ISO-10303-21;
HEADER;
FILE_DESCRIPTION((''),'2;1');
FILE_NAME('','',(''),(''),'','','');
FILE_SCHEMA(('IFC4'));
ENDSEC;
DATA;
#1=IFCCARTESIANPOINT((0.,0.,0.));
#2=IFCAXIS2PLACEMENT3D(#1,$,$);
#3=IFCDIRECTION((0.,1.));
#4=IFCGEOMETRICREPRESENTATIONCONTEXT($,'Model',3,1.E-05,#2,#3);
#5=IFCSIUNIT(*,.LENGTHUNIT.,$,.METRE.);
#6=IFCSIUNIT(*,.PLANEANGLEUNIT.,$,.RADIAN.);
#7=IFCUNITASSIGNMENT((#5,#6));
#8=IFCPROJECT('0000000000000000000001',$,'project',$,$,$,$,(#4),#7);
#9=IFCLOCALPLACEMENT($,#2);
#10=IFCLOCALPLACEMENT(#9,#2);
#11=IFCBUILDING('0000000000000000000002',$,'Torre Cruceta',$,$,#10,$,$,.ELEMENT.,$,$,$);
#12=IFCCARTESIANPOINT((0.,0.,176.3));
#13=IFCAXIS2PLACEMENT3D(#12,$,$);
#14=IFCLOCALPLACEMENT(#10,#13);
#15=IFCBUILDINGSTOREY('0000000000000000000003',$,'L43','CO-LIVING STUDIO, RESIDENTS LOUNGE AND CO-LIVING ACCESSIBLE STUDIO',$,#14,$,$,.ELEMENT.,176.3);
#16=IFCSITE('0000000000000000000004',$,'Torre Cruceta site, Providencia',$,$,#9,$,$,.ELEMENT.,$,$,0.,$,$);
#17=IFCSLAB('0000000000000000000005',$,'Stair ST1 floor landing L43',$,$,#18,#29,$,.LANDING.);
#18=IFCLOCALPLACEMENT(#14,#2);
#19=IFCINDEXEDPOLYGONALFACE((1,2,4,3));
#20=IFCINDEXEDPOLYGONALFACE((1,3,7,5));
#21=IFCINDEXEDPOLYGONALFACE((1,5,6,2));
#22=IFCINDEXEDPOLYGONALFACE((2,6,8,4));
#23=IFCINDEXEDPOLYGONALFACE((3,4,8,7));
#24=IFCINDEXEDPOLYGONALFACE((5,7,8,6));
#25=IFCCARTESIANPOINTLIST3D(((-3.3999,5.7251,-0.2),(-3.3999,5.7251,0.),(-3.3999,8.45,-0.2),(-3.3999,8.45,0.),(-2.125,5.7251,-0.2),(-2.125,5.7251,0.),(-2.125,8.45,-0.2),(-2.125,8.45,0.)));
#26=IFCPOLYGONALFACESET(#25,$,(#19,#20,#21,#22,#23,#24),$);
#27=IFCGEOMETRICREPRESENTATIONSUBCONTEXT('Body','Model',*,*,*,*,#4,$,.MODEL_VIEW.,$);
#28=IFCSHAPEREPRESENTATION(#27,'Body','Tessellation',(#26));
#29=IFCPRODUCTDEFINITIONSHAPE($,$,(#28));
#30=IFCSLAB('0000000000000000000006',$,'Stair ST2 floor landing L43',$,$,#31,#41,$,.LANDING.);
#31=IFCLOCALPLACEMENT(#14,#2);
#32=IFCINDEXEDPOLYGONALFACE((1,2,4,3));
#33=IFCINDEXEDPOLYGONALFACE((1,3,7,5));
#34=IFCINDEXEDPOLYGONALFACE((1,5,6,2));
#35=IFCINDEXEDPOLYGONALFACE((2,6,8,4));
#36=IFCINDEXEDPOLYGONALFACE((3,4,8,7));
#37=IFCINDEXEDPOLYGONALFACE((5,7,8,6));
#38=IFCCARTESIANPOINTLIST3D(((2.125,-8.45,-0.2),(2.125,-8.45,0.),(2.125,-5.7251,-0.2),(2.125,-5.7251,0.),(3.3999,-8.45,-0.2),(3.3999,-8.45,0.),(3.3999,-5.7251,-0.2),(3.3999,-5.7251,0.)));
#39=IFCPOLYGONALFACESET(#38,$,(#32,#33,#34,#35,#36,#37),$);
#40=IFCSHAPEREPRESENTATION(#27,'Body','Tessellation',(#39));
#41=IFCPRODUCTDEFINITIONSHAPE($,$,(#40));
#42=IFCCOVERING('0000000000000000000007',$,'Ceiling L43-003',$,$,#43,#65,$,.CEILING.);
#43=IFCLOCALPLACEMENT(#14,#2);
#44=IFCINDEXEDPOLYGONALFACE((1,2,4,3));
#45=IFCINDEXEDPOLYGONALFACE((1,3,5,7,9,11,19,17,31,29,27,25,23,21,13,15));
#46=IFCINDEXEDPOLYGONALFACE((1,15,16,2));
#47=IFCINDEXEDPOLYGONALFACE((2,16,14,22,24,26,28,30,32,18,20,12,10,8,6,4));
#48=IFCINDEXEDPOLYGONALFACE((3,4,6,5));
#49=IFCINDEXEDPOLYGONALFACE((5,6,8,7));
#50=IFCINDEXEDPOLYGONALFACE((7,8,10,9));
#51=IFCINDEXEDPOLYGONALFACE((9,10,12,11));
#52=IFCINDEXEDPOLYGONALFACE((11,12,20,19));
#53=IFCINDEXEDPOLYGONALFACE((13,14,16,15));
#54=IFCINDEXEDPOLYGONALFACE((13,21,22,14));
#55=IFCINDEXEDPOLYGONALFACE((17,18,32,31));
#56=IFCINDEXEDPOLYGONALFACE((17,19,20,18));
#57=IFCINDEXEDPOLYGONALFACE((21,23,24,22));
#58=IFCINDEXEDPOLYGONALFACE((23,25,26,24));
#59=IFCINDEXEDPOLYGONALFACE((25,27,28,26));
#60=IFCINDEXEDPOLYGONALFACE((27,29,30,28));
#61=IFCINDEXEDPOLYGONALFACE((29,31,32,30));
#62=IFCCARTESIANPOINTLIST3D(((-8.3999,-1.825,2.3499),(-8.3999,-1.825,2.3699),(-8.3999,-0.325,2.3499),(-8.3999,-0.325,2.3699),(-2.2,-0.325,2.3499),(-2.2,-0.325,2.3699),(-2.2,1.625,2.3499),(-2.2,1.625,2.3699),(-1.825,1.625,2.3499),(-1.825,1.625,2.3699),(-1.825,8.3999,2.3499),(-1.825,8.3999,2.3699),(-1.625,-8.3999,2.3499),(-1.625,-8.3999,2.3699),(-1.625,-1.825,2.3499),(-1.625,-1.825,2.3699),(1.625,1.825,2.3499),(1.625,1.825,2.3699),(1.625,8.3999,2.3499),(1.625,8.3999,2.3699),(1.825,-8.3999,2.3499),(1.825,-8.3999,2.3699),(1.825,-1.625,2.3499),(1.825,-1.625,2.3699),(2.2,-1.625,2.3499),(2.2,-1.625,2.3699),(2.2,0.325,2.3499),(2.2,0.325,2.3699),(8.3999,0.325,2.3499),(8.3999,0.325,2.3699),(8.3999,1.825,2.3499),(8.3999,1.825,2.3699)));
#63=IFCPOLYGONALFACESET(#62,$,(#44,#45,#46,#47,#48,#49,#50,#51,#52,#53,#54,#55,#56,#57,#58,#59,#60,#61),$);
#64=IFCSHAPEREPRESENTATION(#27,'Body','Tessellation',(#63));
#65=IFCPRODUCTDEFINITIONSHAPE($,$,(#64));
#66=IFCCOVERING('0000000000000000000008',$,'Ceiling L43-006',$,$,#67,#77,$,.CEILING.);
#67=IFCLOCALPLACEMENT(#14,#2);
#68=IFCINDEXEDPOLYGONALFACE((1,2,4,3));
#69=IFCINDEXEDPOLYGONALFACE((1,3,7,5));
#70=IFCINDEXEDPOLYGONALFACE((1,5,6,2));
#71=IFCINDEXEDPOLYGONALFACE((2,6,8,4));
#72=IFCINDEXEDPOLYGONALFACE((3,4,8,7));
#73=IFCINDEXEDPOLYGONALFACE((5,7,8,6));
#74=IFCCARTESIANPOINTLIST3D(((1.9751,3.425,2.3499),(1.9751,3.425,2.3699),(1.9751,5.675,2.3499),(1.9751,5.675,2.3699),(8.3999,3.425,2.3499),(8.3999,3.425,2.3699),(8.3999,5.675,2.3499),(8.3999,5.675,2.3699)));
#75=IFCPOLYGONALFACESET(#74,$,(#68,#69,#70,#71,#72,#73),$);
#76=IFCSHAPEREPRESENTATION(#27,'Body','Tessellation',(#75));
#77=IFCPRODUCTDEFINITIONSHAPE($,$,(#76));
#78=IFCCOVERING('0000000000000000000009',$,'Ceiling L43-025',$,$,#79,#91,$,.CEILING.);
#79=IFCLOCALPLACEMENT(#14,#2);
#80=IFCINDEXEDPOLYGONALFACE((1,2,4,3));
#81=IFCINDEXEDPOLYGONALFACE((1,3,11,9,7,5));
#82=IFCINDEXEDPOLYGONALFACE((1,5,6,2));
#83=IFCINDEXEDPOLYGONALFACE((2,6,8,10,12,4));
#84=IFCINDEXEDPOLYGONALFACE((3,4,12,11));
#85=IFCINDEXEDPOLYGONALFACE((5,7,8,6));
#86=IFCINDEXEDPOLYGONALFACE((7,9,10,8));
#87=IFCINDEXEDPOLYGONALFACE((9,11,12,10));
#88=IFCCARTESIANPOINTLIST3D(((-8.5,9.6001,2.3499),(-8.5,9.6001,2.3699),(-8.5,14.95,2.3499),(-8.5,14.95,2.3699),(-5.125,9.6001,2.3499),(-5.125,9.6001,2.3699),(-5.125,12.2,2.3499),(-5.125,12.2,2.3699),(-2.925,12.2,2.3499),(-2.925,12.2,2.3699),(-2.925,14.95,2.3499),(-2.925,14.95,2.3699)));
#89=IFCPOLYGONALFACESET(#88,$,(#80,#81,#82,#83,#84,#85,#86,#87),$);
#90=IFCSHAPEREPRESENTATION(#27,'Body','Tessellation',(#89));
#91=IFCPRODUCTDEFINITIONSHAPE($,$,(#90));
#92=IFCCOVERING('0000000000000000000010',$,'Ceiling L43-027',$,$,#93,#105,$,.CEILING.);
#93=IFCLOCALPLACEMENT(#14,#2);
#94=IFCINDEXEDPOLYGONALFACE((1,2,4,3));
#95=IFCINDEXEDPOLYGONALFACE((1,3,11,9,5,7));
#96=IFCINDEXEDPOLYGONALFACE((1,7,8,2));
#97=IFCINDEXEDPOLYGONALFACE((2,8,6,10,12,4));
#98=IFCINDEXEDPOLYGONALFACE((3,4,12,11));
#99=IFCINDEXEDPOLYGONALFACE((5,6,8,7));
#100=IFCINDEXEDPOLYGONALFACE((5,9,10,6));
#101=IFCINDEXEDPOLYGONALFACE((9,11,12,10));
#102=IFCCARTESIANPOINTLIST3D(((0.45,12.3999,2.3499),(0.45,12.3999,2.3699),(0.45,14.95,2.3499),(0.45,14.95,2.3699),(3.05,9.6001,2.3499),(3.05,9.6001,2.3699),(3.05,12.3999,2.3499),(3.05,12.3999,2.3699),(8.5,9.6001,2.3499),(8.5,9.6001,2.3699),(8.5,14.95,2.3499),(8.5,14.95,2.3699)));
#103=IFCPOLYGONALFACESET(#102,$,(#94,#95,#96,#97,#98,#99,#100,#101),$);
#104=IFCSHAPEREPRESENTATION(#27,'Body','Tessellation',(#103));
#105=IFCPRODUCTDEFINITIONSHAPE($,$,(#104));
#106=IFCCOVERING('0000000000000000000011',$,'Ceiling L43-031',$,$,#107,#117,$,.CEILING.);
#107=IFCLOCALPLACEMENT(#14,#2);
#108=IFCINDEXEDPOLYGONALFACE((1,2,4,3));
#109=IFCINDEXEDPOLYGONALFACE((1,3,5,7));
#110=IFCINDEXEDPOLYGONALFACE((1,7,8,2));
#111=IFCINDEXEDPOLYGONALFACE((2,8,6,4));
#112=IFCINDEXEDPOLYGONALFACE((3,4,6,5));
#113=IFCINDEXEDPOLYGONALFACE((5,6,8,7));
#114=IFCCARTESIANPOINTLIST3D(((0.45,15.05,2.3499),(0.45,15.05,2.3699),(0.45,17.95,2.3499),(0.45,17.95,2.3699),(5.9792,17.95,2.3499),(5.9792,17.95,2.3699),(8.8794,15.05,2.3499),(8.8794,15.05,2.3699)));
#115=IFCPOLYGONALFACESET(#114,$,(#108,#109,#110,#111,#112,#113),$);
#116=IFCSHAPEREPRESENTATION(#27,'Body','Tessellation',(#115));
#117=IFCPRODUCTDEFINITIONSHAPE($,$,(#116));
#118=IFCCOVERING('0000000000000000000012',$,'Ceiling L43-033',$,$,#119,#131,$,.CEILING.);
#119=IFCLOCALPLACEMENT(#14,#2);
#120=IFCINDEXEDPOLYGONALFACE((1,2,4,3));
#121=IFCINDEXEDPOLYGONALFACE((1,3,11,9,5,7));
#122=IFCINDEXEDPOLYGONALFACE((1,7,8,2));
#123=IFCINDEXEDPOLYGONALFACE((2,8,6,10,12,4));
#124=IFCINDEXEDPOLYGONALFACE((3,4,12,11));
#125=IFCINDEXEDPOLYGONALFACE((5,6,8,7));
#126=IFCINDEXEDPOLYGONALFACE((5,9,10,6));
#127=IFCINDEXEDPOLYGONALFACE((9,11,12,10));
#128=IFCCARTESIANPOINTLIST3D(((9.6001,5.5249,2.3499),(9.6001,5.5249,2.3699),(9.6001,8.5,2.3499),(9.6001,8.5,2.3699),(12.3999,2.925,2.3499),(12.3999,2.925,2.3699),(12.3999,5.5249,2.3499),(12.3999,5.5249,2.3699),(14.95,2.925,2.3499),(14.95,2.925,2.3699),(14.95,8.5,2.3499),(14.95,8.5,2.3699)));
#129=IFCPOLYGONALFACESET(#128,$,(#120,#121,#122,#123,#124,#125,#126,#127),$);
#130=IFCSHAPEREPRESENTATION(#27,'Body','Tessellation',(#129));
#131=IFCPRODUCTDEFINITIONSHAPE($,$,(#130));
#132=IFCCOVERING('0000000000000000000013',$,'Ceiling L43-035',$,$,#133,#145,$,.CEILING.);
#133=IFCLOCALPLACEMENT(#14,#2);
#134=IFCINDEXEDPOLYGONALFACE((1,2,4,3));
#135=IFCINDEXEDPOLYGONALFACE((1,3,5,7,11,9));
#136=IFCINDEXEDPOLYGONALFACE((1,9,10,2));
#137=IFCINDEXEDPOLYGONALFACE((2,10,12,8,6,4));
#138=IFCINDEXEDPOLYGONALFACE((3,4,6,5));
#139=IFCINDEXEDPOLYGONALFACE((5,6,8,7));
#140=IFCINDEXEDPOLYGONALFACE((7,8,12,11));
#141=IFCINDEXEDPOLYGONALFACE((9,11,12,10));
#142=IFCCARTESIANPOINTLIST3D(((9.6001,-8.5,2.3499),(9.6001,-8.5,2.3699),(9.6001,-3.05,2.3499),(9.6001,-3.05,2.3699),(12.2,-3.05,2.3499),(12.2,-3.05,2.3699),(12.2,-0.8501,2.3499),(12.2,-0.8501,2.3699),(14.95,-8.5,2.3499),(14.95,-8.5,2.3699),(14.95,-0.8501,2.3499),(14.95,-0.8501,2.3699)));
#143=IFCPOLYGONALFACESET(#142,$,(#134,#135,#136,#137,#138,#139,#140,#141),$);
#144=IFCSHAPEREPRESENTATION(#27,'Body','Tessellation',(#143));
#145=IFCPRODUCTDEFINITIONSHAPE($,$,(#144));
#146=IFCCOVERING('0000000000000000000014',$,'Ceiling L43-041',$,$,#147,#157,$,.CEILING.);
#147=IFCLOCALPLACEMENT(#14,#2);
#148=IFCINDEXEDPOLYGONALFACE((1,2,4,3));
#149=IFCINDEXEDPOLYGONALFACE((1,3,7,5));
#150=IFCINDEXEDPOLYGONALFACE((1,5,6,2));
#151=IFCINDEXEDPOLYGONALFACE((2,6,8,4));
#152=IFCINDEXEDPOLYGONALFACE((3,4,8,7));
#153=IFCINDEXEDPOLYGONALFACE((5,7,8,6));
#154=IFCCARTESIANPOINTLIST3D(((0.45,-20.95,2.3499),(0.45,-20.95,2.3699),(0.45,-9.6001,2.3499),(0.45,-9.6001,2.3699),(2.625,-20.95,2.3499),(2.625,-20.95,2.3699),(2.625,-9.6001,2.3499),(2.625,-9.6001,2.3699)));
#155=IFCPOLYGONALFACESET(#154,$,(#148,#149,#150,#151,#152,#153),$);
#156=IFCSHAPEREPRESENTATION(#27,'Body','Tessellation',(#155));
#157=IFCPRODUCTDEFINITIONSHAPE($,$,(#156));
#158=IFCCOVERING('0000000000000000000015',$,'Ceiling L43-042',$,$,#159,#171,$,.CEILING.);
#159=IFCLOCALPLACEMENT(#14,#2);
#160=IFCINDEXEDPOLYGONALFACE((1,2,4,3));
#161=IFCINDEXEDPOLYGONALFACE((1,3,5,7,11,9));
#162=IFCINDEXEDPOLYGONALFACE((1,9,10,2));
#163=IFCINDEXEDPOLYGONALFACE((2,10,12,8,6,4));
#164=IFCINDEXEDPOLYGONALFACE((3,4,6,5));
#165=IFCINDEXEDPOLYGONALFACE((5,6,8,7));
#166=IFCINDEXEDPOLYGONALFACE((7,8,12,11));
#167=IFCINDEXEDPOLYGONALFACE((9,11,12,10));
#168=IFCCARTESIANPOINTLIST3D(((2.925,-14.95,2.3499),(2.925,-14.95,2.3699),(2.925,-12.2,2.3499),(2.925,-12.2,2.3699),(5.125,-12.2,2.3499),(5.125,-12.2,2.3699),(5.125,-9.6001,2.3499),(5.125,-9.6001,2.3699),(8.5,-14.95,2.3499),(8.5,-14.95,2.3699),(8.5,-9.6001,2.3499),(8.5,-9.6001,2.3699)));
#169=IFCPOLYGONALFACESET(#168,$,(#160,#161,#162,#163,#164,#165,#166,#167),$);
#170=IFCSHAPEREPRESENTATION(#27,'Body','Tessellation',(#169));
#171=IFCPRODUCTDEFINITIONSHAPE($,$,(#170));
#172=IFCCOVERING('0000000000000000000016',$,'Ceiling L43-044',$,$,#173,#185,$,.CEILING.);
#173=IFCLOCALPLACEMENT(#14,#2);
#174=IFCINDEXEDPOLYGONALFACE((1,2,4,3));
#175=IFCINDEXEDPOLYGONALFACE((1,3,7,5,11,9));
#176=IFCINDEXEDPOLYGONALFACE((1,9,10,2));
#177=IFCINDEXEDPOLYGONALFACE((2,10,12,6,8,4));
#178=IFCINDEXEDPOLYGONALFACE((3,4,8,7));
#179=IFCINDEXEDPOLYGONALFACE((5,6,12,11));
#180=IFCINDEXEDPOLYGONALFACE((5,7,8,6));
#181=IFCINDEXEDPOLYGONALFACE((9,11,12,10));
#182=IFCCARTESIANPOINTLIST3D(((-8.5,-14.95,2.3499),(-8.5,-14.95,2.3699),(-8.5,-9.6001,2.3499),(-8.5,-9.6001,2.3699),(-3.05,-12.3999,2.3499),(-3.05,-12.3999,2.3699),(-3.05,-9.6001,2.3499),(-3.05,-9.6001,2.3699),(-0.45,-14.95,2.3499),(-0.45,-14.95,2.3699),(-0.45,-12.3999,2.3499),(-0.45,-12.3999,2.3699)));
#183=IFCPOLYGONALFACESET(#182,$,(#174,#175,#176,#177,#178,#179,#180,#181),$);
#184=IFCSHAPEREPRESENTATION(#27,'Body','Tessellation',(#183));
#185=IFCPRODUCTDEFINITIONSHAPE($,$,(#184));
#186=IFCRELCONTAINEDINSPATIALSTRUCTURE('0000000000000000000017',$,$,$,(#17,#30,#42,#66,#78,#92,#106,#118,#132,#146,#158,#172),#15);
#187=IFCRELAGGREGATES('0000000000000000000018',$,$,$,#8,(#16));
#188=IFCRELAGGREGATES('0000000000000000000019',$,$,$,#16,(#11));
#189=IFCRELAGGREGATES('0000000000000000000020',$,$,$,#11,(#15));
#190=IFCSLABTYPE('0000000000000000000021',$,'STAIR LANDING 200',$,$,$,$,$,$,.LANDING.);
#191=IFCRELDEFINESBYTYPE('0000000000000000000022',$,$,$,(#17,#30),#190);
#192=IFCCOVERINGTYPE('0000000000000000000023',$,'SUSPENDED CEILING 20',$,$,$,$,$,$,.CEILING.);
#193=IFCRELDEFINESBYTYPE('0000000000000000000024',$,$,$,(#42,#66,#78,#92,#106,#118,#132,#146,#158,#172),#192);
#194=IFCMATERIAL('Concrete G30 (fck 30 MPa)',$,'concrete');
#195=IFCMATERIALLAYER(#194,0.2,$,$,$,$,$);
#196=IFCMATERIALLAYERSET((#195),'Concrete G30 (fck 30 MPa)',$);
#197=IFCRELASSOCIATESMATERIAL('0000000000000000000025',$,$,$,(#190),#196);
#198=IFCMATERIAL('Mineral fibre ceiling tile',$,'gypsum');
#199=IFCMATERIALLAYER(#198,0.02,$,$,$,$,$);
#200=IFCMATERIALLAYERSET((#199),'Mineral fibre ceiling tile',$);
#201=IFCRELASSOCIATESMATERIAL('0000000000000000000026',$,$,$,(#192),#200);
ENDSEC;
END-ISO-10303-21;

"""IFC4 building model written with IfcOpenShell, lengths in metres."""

from ifc_helpers import new_model, si_unit, direction, frame, origin, place, context, subcontext, project, spatial, polyline, outline, extrude, material, layer, layer_set, type_object, element, save


model = new_model("IFC4")

# Units and contexts
model_context = context("Model", 3, precision=1e-05, world=origin(), true_north=direction((0.0, 1.0)))
body_context = subcontext(model_context, "Body", "Model", "MODEL_VIEW")
ifc_project = project(units=[si_unit("LENGTHUNIT", "METRE"), si_unit("PLANEANGLEUNIT", "RADIAN")], contexts=[model_context])

# Site, building, storey
site_placement = place(None, origin())
site = spatial("IfcSite", under=ifc_project, at=site_placement, Name="Torre Cruceta site, Providencia", CompositionType="ELEMENT", RefElevation=0.0)
building_placement = place(site_placement, origin())
building = spatial("IfcBuilding", under=site, at=building_placement, Name="Torre Cruceta", CompositionType="ELEMENT")
storey_placement = place(building_placement, frame((0.0, 0.0, 176.3)))
storey = spatial("IfcBuildingStorey", under=building, at=storey_placement, Name="L43", Description="CO-LIVING STUDIO, RESIDENTS LOUNGE AND CO-LIVING ACCESSIBLE STUDIO", CompositionType="ELEMENT", Elevation=176.3)

# Shared definitions
ifc_material_1 = material(Name="Concrete G30 (fck 30 MPa)", Category="concrete")
ifc_layer_1 = layer(ifc_material_1, 0.2)
ifc_layer_set_1 = layer_set([ifc_layer_1], Name="Concrete G30 (fck 30 MPa)")
slab_type_1 = type_object("IfcSlabType", Name="STAIR LANDING 200", PredefinedType="LANDING", material=ifc_layer_set_1)

# Slabs
slab_1_placement = place(storey_placement, frame((0.0, 0.0, -0.2)))
element("IfcSlab", 1, at=slab_1_placement, inside=storey, type_object=slab_type_1, Name="Stair ST1 floor landing L43", PredefinedType="LANDING", context=body_context, shape_type="SweptSolid", body=[
    extrude(outline(polyline([(-2.125, 8.45), (-2.125, 5.7251), (-3.3999, 5.7251), (-3.3999, 8.45), (-2.125, 8.45)])), origin(), (0.0, 0.0, 1.0), 0.2),
])
slab_2_placement = place(storey_placement, frame((0.0, 0.0, -0.2)))
element("IfcSlab", 2, at=slab_2_placement, inside=storey, type_object=slab_type_1, Name="Stair ST2 floor landing L43", PredefinedType="LANDING", context=body_context, shape_type="SweptSolid", body=[
    extrude(outline(polyline([(2.125, -8.45), (2.125, -5.7251), (3.3999, -5.7251), (3.3999, -8.45), (2.125, -8.45)])), origin(), (0.0, 0.0, 1.0), 0.2),
])

# Coverings
ifc_material_2 = material(Name="Mineral fibre ceiling tile", Category="gypsum")
ifc_layer_2 = layer(ifc_material_2, 0.02)
ifc_layer_set_2 = layer_set([ifc_layer_2], Name="Mineral fibre ceiling tile")
covering_type = type_object("IfcCoveringType", Name="SUSPENDED CEILING 20", PredefinedType="CEILING", material=ifc_layer_set_2)
covering_1_placement = place(storey_placement, frame((0.0, 0.0, 2.3499)))
element("IfcCovering", 3, at=covering_1_placement, inside=storey, type_object=covering_type, Name="Ceiling L43-003", PredefinedType="CEILING", context=body_context, shape_type="SweptSolid", body=[
    extrude(outline(polyline([(1.825, -8.3999), (-1.625, -8.3999), (-1.625, -1.825), (-8.3999, -1.825), (-8.3999, -0.325), (-2.2, -0.325), (-2.2, 1.625), (-1.825, 1.625), (-1.825, 8.3999), (1.625, 8.3999), (1.625, 1.825), (8.3999, 1.825), (8.3999, 0.325), (2.2, 0.325), (2.2, -1.625), (1.825, -1.625), (1.825, -8.3999)])), origin(), (0.0, 0.0, 1.0), 0.02),
])
covering_2_placement = place(storey_placement, frame((0.0, 0.0, 2.3499)))
element("IfcCovering", 4, at=covering_2_placement, inside=storey, type_object=covering_type, Name="Ceiling L43-006", PredefinedType="CEILING", context=body_context, shape_type="SweptSolid", body=[
    extrude(outline(polyline([(1.9751, 3.425), (1.9751, 5.675), (8.3999, 5.675), (8.3999, 3.425), (1.9751, 3.425)])), origin(), (0.0, 0.0, 1.0), 0.02),
])
covering_3_placement = place(storey_placement, frame((0.0, 0.0, 2.3499)))
element("IfcCovering", 5, at=covering_3_placement, inside=storey, type_object=covering_type, Name="Ceiling L43-025", PredefinedType="CEILING", context=body_context, shape_type="SweptSolid", body=[
    extrude(outline(polyline([(-8.5, 9.6001), (-8.5, 14.95), (-2.925, 14.95), (-2.925, 12.2), (-5.125, 12.2), (-5.125, 9.6001), (-8.5, 9.6001)])), origin(), (0.0, 0.0, 1.0), 0.02),
])
covering_4_placement = place(storey_placement, frame((0.0, 0.0, 2.3499)))
element("IfcCovering", 6, at=covering_4_placement, inside=storey, type_object=covering_type, Name="Ceiling L43-027", PredefinedType="CEILING", context=body_context, shape_type="SweptSolid", body=[
    extrude(outline(polyline([(0.45, 14.95), (8.5, 14.95), (8.5, 9.6001), (3.05, 9.6001), (3.05, 12.3999), (0.45, 12.3999), (0.45, 14.95)])), origin(), (0.0, 0.0, 1.0), 0.02),
])
covering_5_placement = place(storey_placement, frame((0.0, 0.0, 2.3499)))
element("IfcCovering", 7, at=covering_5_placement, inside=storey, type_object=covering_type, Name="Ceiling L43-031", PredefinedType="CEILING", context=body_context, shape_type="SweptSolid", body=[
    extrude(outline(polyline([(8.8794, 15.05), (0.45, 15.05), (0.45, 17.95), (5.9792, 17.95), (8.8794, 15.05)])), origin(), (0.0, 0.0, 1.0), 0.02),
])
covering_6_placement = place(storey_placement, frame((0.0, 0.0, 2.3499)))
element("IfcCovering", 8, at=covering_6_placement, inside=storey, type_object=covering_type, Name="Ceiling L43-033", PredefinedType="CEILING", context=body_context, shape_type="SweptSolid", body=[
    extrude(outline(polyline([(9.6001, 8.5), (14.95, 8.5), (14.95, 2.925), (12.3999, 2.925), (12.3999, 5.5249), (9.6001, 5.5249), (9.6001, 8.5)])), origin(), (0.0, 0.0, 1.0), 0.02),
])
covering_7_placement = place(storey_placement, frame((0.0, 0.0, 2.3499)))
element("IfcCovering", 9, at=covering_7_placement, inside=storey, type_object=covering_type, Name="Ceiling L43-035", PredefinedType="CEILING", context=body_context, shape_type="SweptSolid", body=[
    extrude(outline(polyline([(14.95, -0.8501), (14.95, -8.5), (9.6001, -8.5), (9.6001, -3.05), (12.2, -3.05), (12.2, -0.8501), (14.95, -0.8501)])), origin(), (0.0, 0.0, 1.0), 0.02),
])
covering_8_placement = place(storey_placement, frame((0.0, 0.0, 2.3499)))
element("IfcCovering", 10, at=covering_8_placement, inside=storey, type_object=covering_type, Name="Ceiling L43-041", PredefinedType="CEILING", context=body_context, shape_type="SweptSolid", body=[
    extrude(outline(polyline([(0.45, -9.6001), (2.625, -9.6001), (2.625, -20.95), (0.45, -20.95), (0.45, -9.6001)])), origin(), (0.0, 0.0, 1.0), 0.02),
])
covering_9_placement = place(storey_placement, frame((0.0, 0.0, 2.3499)))
element("IfcCovering", 11, at=covering_9_placement, inside=storey, type_object=covering_type, Name="Ceiling L43-042", PredefinedType="CEILING", context=body_context, shape_type="SweptSolid", body=[
    extrude(outline(polyline([(8.5, -9.6001), (8.5, -14.95), (2.925, -14.95), (2.925, -12.2), (5.125, -12.2), (5.125, -9.6001), (8.5, -9.6001)])), origin(), (0.0, 0.0, 1.0), 0.02),
])
covering_10_placement = place(storey_placement, frame((0.0, 0.0, 2.3499)))
element("IfcCovering", 12, at=covering_10_placement, inside=storey, type_object=covering_type, Name="Ceiling L43-044", PredefinedType="CEILING", context=body_context, shape_type="SweptSolid", body=[
    extrude(outline(polyline([(-0.45, -14.95), (-8.5, -14.95), (-8.5, -9.6001), (-3.05, -9.6001), (-3.05, -12.3999), (-0.45, -12.3999), (-0.45, -14.95)])), origin(), (0.0, 0.0, 1.0), 0.02),
])

save(model, "model.ifc")
